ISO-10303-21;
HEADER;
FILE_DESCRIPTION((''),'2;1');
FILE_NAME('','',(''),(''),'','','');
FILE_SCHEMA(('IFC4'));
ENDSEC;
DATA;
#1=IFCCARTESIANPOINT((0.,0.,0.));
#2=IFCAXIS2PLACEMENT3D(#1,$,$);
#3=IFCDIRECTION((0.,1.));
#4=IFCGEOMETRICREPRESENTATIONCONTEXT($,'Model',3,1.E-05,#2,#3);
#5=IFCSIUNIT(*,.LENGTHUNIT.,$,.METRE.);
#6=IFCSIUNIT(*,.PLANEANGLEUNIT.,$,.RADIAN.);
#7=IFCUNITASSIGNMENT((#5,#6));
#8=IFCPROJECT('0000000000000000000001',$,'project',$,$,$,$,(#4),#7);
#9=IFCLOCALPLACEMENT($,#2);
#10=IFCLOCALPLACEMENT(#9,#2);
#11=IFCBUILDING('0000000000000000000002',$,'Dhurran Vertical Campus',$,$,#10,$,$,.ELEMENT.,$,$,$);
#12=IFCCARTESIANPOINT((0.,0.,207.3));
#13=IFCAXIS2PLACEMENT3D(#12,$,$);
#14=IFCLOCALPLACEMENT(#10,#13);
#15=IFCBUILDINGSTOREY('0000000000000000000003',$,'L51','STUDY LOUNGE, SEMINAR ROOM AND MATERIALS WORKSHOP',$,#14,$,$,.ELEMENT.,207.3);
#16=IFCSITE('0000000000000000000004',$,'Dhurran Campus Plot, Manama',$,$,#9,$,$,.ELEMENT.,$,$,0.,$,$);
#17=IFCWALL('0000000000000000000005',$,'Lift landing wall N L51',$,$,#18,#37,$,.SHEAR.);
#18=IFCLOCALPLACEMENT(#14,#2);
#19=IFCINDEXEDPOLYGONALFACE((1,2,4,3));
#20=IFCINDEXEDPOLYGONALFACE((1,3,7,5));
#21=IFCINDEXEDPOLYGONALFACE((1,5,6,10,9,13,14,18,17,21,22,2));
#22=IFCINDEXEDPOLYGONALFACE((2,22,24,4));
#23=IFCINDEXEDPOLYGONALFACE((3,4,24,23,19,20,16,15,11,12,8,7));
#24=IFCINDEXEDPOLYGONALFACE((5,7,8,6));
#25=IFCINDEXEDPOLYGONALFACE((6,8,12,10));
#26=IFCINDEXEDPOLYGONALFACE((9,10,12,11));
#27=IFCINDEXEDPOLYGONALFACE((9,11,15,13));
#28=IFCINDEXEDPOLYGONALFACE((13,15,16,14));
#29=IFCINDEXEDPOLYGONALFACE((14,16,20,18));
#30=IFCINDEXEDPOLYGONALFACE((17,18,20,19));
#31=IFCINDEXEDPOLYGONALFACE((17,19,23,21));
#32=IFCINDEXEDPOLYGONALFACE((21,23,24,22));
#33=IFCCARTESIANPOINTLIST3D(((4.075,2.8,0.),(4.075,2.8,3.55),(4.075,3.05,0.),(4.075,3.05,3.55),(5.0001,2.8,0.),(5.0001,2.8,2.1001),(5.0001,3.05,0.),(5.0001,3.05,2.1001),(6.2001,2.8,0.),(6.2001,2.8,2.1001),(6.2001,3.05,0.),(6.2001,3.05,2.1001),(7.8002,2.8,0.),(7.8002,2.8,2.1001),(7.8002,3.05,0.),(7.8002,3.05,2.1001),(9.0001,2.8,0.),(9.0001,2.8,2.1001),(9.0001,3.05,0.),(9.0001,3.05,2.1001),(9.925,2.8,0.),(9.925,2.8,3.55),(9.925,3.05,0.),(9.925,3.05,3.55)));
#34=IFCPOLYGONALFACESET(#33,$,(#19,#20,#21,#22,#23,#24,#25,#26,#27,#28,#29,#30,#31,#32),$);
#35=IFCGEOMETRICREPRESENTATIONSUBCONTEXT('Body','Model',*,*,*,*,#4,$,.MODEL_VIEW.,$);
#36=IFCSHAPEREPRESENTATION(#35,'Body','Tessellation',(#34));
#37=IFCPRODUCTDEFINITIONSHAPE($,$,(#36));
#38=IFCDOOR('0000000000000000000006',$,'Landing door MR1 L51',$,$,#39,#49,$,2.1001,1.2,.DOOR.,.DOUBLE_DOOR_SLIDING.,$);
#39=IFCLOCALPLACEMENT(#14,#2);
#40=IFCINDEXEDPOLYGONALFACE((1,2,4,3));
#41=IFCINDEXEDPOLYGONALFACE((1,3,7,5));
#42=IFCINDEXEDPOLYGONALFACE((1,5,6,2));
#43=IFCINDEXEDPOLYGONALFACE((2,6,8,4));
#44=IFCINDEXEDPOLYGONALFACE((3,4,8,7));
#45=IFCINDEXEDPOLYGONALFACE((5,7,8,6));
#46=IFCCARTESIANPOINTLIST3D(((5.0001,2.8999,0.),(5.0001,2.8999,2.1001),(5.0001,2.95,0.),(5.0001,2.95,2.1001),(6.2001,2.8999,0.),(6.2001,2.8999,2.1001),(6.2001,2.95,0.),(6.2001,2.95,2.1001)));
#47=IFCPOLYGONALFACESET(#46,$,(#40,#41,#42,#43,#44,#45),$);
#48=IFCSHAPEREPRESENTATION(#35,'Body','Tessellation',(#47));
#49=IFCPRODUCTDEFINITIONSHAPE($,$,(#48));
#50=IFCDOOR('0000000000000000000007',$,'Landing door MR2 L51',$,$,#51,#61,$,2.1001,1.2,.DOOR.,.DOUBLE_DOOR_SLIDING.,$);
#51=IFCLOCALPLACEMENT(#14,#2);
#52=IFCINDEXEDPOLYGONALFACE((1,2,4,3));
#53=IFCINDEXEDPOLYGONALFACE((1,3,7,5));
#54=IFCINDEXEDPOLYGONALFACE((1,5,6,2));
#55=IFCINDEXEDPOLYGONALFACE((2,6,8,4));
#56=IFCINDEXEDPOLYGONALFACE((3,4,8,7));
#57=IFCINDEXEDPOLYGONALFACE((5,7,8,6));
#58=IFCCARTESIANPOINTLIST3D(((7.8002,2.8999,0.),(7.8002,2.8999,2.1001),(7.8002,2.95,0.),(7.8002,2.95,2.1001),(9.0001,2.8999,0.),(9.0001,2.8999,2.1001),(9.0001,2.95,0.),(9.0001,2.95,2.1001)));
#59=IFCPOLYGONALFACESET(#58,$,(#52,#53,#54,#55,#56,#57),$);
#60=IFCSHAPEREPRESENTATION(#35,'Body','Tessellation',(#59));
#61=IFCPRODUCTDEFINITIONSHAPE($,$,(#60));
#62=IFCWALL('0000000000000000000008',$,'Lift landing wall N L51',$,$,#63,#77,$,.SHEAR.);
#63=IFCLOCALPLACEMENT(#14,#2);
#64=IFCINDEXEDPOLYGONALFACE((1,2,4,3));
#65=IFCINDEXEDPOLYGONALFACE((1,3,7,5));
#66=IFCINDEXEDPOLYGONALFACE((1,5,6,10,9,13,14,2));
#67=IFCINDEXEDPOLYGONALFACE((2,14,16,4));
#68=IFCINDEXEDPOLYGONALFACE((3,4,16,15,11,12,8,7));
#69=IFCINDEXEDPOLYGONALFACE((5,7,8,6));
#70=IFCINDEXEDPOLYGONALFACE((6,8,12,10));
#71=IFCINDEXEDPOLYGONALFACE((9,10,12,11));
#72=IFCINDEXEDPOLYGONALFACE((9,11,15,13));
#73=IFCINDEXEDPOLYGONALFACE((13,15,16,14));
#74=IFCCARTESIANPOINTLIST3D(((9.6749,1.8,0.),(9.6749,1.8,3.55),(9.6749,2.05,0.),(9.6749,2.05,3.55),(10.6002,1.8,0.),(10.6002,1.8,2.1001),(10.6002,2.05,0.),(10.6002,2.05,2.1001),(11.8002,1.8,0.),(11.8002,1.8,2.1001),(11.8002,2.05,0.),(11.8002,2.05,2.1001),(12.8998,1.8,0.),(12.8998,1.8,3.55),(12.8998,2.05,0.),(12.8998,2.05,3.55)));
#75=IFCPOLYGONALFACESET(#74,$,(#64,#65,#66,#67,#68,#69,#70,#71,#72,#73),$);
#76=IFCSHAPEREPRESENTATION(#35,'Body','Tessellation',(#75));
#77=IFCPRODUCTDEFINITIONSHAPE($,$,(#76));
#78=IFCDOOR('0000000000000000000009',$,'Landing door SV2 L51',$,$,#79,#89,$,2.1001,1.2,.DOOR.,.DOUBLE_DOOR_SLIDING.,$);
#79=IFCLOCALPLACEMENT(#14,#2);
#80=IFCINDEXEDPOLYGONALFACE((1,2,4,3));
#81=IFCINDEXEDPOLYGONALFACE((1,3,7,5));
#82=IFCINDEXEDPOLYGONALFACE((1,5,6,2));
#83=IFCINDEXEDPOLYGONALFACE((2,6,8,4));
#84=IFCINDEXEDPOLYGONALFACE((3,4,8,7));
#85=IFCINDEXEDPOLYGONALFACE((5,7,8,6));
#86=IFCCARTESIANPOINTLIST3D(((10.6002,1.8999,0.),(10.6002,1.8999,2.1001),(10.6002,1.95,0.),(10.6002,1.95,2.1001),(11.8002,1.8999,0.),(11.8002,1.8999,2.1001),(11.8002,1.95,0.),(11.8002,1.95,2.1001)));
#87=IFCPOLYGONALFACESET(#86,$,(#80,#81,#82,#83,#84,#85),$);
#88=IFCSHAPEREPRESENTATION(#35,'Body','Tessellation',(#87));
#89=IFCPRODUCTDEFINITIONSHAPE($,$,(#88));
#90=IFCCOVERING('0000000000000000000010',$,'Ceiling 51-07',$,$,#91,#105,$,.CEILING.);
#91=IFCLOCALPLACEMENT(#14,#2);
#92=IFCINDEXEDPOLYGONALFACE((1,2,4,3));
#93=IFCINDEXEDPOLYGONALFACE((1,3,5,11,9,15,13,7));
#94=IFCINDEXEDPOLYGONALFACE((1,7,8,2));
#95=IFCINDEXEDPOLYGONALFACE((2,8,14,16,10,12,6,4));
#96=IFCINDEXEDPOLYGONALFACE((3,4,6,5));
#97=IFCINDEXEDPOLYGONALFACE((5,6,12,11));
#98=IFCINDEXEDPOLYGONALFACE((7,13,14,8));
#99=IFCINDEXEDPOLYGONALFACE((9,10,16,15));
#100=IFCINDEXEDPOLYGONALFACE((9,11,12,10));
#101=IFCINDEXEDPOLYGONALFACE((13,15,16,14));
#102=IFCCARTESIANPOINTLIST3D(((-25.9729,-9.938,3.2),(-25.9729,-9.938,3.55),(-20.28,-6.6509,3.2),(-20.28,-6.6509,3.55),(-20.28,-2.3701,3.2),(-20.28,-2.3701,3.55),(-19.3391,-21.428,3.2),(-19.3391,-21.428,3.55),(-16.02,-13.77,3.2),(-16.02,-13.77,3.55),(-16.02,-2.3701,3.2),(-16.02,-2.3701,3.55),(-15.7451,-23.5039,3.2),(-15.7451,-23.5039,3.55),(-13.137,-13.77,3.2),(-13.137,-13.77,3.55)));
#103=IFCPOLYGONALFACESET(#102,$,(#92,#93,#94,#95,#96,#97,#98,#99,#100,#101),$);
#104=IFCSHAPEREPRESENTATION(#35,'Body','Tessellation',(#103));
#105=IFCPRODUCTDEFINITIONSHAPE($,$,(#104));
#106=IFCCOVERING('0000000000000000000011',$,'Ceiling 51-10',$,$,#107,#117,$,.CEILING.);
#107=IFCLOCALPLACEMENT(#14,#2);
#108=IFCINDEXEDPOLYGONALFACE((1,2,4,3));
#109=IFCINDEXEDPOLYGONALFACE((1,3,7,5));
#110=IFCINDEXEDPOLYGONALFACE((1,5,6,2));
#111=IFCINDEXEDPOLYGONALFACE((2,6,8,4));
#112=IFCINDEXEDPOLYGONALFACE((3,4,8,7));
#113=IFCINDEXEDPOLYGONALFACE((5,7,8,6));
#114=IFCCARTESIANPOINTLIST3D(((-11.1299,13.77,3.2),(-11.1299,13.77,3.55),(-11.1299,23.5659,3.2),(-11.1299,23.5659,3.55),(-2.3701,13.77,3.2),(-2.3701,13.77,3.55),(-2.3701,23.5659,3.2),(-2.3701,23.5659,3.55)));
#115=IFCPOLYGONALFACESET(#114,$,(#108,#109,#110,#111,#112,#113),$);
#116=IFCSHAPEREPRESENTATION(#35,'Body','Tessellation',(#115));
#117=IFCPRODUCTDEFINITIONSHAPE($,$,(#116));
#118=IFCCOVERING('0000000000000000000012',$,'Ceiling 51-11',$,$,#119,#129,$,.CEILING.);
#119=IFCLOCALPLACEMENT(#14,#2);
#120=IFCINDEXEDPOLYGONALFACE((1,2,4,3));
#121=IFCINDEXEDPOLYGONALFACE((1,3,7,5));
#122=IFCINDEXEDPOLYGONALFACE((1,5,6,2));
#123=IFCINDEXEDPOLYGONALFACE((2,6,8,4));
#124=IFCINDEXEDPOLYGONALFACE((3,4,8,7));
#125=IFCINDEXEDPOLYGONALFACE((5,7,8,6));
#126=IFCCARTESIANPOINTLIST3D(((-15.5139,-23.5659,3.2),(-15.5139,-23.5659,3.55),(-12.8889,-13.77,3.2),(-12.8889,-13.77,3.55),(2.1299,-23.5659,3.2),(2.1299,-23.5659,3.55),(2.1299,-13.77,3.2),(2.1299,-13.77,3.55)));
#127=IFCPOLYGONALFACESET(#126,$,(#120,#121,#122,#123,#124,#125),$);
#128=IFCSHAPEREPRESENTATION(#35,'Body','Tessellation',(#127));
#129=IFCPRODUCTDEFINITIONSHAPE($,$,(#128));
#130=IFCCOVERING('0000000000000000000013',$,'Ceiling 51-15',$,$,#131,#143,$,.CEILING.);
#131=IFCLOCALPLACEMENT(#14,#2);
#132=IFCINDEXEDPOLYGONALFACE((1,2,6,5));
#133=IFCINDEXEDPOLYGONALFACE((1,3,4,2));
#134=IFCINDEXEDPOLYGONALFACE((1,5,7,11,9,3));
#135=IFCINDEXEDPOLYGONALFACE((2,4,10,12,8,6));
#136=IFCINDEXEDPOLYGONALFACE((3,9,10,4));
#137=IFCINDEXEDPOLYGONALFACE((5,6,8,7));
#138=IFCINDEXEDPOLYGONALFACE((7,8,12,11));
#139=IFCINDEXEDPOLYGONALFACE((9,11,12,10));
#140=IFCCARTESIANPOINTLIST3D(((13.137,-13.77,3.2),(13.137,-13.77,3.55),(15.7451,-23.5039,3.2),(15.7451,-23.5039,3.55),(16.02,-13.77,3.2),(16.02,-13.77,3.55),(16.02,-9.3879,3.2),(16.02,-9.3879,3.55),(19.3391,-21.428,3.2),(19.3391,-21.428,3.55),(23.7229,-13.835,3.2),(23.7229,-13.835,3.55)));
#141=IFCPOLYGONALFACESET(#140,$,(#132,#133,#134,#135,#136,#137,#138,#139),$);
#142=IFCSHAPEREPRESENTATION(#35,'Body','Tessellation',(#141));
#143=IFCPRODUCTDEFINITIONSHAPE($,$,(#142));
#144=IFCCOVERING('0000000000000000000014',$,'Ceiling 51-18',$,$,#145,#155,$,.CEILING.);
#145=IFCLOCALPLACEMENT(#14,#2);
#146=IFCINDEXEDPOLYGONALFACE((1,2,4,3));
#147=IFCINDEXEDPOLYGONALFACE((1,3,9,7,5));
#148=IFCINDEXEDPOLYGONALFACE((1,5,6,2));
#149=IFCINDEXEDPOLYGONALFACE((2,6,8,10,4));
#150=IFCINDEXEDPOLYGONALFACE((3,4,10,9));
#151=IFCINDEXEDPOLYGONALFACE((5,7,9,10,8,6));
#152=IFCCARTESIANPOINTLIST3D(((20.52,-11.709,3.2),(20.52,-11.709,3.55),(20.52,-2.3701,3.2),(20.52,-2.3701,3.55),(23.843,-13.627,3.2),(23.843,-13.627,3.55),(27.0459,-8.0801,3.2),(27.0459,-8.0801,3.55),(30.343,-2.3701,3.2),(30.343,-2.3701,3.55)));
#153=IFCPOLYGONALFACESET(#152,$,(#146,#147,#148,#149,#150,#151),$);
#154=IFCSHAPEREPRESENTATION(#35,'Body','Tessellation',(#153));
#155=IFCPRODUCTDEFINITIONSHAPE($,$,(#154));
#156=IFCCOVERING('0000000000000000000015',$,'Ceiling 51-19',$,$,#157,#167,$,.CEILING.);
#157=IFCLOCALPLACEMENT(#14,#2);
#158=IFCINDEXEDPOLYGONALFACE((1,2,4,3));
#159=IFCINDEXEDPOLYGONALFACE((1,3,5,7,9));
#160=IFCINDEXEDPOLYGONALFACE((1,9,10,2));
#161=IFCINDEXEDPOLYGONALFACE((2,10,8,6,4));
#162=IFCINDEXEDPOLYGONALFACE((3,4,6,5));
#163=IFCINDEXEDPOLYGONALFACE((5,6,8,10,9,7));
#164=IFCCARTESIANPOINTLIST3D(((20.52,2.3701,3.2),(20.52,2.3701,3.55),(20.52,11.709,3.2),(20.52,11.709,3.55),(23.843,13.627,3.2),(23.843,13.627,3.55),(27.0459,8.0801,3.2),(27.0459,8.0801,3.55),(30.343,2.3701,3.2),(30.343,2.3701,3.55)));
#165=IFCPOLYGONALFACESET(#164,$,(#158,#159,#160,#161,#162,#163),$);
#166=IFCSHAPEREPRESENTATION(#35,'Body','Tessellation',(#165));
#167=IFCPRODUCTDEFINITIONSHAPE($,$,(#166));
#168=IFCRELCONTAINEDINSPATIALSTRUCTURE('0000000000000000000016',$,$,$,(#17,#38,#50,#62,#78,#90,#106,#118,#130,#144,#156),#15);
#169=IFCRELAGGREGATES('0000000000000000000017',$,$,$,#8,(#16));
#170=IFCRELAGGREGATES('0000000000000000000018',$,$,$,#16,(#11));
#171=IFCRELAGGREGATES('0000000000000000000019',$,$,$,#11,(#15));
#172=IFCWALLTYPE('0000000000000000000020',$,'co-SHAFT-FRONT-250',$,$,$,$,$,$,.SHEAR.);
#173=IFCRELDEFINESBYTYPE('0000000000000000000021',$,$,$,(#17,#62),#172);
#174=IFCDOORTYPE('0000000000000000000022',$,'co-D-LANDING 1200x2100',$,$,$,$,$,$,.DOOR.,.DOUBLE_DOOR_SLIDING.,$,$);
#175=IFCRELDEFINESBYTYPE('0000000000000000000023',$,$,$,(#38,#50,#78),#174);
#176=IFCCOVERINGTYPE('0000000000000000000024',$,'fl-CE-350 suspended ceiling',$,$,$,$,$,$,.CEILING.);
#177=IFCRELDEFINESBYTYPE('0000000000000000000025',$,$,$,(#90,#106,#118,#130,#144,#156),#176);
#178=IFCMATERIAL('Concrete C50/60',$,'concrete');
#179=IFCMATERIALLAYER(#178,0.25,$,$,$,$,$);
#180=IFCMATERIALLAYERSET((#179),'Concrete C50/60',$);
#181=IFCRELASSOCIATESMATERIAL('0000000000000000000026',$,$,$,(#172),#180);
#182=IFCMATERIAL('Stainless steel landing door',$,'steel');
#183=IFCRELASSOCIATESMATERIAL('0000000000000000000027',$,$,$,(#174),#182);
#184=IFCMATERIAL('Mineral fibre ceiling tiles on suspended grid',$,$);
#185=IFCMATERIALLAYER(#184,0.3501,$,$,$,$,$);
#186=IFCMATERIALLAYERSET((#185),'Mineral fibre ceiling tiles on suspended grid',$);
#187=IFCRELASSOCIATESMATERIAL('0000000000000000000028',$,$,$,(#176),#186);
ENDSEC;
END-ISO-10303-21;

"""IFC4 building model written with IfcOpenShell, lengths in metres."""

from ifc_helpers import new_model, si_unit, direction, frame, frame_2d, origin, place, context, subcontext, project, spatial, polyline, rectangle, outline, extrude, material, layer, layer_set, type_object, element, fill, save


model = new_model("IFC4")

# Units and contexts
model_context = context("Model", 3, precision=1e-05, world=origin(), true_north=direction((0.0, 1.0)))
body_context = subcontext(model_context, "Body", "Model", "MODEL_VIEW")
ifc_project = project(units=[si_unit("LENGTHUNIT", "METRE"), si_unit("PLANEANGLEUNIT", "RADIAN")], contexts=[model_context])

# Site, building, storey
site_placement = place(None, origin())
site = spatial("IfcSite", under=ifc_project, at=site_placement, Name="Dhurran Campus Plot, Manama", CompositionType="ELEMENT", RefElevation=0.0)
building_placement = place(site_placement, origin())
building = spatial("IfcBuilding", under=site, at=building_placement, Name="Dhurran Vertical Campus", CompositionType="ELEMENT")
storey_placement = place(building_placement, frame((0.0, 0.0, 207.3)))
storey = spatial("IfcBuildingStorey", under=building, at=storey_placement, Name="L51", Description="STUDY LOUNGE, SEMINAR ROOM AND MATERIALS WORKSHOP", CompositionType="ELEMENT", Elevation=207.3)

# Wall, openings, doors
ifc_material_1 = material(Name="Concrete C50/60", Category="concrete")
ifc_layer_1 = layer(ifc_material_1, 0.25)
ifc_layer_set_1 = layer_set([ifc_layer_1], Name="Concrete C50/60")
wall_type_1 = type_object("IfcWallType", Name="co-SHAFT-FRONT-250", PredefinedType="SHEAR", material=ifc_layer_set_1)
wall_1_placement = place(storey_placement, frame((4.075, 2.925, 0.0), z_axis=(0.0, 0.0, 1.0), x_axis=(1.0, 0.0, 0.0)))
wall_1 = element("IfcWall", 1, at=wall_1_placement, inside=storey, type_object=wall_type_1, Name="Lift landing wall N L51", PredefinedType="SHEAR", context=body_context, shape_type="SweptSolid", body=[
    extrude(rectangle(XDim=5.8501, YDim=0.25, at=frame_2d((2.925, 0.0))), origin(), (0.0, 0.0, 1.0), 3.55),
])
opening_1_placement = place(wall_1_placement, frame((0.925, 0.0, 0.0)))
opening_1 = element("IfcOpeningElement", 2, at=opening_1_placement, cuts=wall_1, PredefinedType="OPENING", context=body_context, shape_type="SweptSolid", body=[
    extrude(rectangle(XDim=1.2, YDim=2.1001, at=frame_2d((0.6001, 1.05))), frame((0.0, 0.135, 0.0), z_axis=(0.0, -1.0, 0.0), x_axis=(1.0, 0.0, 0.0)), (0.0, 0.0, 1.0), 0.27),
])
opening_2_placement = place(wall_1_placement, frame((3.7251, 0.0, 0.0)))
opening_2 = element("IfcOpeningElement", 3, at=opening_2_placement, cuts=wall_1, PredefinedType="OPENING", context=body_context, shape_type="SweptSolid", body=[
    extrude(rectangle(XDim=1.2, YDim=2.1001, at=frame_2d((0.6001, 1.05))), frame((0.0, 0.135, 0.0), z_axis=(0.0, -1.0, 0.0), x_axis=(1.0, 0.0, 0.0)), (0.0, 0.0, 1.0), 0.27),
])
ifc_material_2 = material(Name="Stainless steel landing door", Category="steel")
door_type_1 = type_object("IfcDoorType", Name="co-D-LANDING 1200x2100", OperationType="DOUBLE_DOOR_SLIDING", PredefinedType="DOOR", material=ifc_material_2)
door_1_placement = place(opening_1_placement, origin())
door_1 = element("IfcDoor", 4, at=door_1_placement, inside=storey, type_object=door_type_1, Name="Landing door MR1 L51", OperationType="DOUBLE_DOOR_SLIDING", OverallHeight=2.1001, OverallWidth=1.2, PredefinedType="DOOR", context=body_context, shape_type="SweptSolid", body=[
    extrude(rectangle(XDim=1.2, YDim=2.1001, at=frame_2d((0.6001, 1.05))), frame((0.0, 0.0249, 0.0), z_axis=(0.0, -1.0, 0.0), x_axis=(1.0, 0.0, 0.0)), (0.0, 0.0, 1.0), 0.05),
])
fill(opening_1, door_1)
door_2_placement = place(opening_2_placement, origin())
door_2 = element("IfcDoor", 5, at=door_2_placement, inside=storey, type_object=door_type_1, Name="Landing door MR2 L51", OperationType="DOUBLE_DOOR_SLIDING", OverallHeight=2.1001, OverallWidth=1.2, PredefinedType="DOOR", context=body_context, shape_type="SweptSolid", body=[
    extrude(rectangle(XDim=1.2, YDim=2.1001, at=frame_2d((0.6001, 1.05))), frame((0.0, 0.0249, 0.0), z_axis=(0.0, -1.0, 0.0), x_axis=(1.0, 0.0, 0.0)), (0.0, 0.0, 1.0), 0.05),
])
fill(opening_2, door_2)

# Wall, opening, door
wall_2_placement = place(storey_placement, frame((9.675, 1.925, 0.0), z_axis=(0.0, 0.0, 1.0), x_axis=(1.0, 0.0, 0.0)))
wall_2 = element("IfcWall", 6, at=wall_2_placement, inside=storey, type_object=wall_type_1, Name="Lift landing wall N L51", PredefinedType="SHEAR", context=body_context, shape_type="SweptSolid", body=[
    extrude(rectangle(XDim=3.2249, YDim=0.25, at=frame_2d((1.6123, 0.0))), origin(), (0.0, 0.0, 1.0), 3.55),
])
opening_3_placement = place(wall_2_placement, frame((0.925, 0.0, 0.0)))
opening_3 = element("IfcOpeningElement", 7, at=opening_3_placement, cuts=wall_2, PredefinedType="OPENING", context=body_context, shape_type="SweptSolid", body=[
    extrude(rectangle(XDim=1.2, YDim=2.1001, at=frame_2d((0.6001, 1.05))), frame((0.0, 0.135, 0.0), z_axis=(0.0, -1.0, 0.0), x_axis=(1.0, 0.0, 0.0)), (0.0, 0.0, 1.0), 0.27),
])
door_3_placement = place(opening_3_placement, origin())
door_3 = element("IfcDoor", 8, at=door_3_placement, inside=storey, type_object=door_type_1, Name="Landing door SV2 L51", OperationType="DOUBLE_DOOR_SLIDING", OverallHeight=2.1001, OverallWidth=1.2, PredefinedType="DOOR", context=body_context, shape_type="SweptSolid", body=[
    extrude(rectangle(XDim=1.2, YDim=2.1001, at=frame_2d((0.6001, 1.05))), frame((0.0, 0.0249, 0.0), z_axis=(0.0, -1.0, 0.0), x_axis=(1.0, 0.0, 0.0)), (0.0, 0.0, 1.0), 0.05),
])
fill(opening_3, door_3)

# Coverings
ifc_material_3 = material(Name="Mineral fibre ceiling tiles on suspended grid")
ifc_layer_2 = layer(ifc_material_3, 0.3501)
ifc_layer_set_2 = layer_set([ifc_layer_2], Name="Mineral fibre ceiling tiles on suspended grid")
covering_type = type_object("IfcCoveringType", Name="fl-CE-350 suspended ceiling", PredefinedType="CEILING", material=ifc_layer_set_2)
covering_1_placement = place(storey_placement, frame((0.0, 0.0, 3.2)))
element("IfcCovering", 9, at=covering_1_placement, inside=storey, type_object=covering_type, Name="Ceiling 51-07", PredefinedType="CEILING", context=body_context, shape_type="SweptSolid", body=[
    extrude(outline(polyline([(-19.3391, -21.428), (-25.9729, -9.938), (-20.28, -6.6509), (-20.28, -2.3701), (-16.02, -2.3701), (-16.02, -13.77), (-13.137, -13.77), (-15.7451, -23.5039), (-19.3391, -21.428)])), origin(), (0.0, 0.0, 1.0), 0.3501),
])
covering_2_placement = place(storey_placement, frame((0.0, 0.0, 3.2)))
element("IfcCovering", 10, at=covering_2_placement, inside=storey, type_object=covering_type, Name="Ceiling 51-10", PredefinedType="CEILING", context=body_context, shape_type="SweptSolid", body=[
    extrude(outline(polyline([(-11.1299, 23.5659), (-2.3701, 23.5659), (-2.3701, 13.77), (-11.1299, 13.77), (-11.1299, 23.5659)])), origin(), (0.0, 0.0, 1.0), 0.3501),
])
covering_3_placement = place(storey_placement, frame((0.0, 0.0, 3.2)))
element("IfcCovering", 11, at=covering_3_placement, inside=storey, type_object=covering_type, Name="Ceiling 51-11", PredefinedType="CEILING", context=body_context, shape_type="SweptSolid", body=[
    extrude(outline(polyline([(2.1299, -23.5659), (-15.5139, -23.5659), (-12.8889, -13.77), (2.1299, -13.77), (2.1299, -23.5659)])), origin(), (0.0, 0.0, 1.0), 0.3501),
])
covering_4_placement = place(storey_placement, frame((0.0, 0.0, 3.2)))
element("IfcCovering", 12, at=covering_4_placement, inside=storey, type_object=covering_type, Name="Ceiling 51-15", PredefinedType="CEILING", context=body_context, shape_type="SweptSolid", body=[
    extrude(outline(polyline([(23.7229, -13.835), (19.3391, -21.428), (15.7451, -23.5039), (13.137, -13.77), (16.02, -13.77), (16.02, -9.3879), (23.7229, -13.835)])), origin(), (0.0, 0.0, 1.0), 0.3501),
])
covering_5_placement = place(storey_placement, frame((0.0, 0.0, 3.2)))
element("IfcCovering", 13, at=covering_5_placement, inside=storey, type_object=covering_type, Name="Ceiling 51-18", PredefinedType="CEILING", context=body_context, shape_type="SweptSolid", body=[
    extrude(outline(polyline([(23.843, -13.627), (20.52, -11.709), (20.52, -2.3701), (30.343, -2.3701), (27.0459, -8.0801), (23.843, -13.627)])), origin(), (0.0, 0.0, 1.0), 0.3501),
])
covering_6_placement = place(storey_placement, frame((0.0, 0.0, 3.2)))
element("IfcCovering", 14, at=covering_6_placement, inside=storey, type_object=covering_type, Name="Ceiling 51-19", PredefinedType="CEILING", context=body_context, shape_type="SweptSolid", body=[
    extrude(outline(polyline([(30.343, 2.3701), (20.52, 2.3701), (20.52, 11.709), (23.843, 13.627), (27.0459, 8.0801), (30.343, 2.3701)])), origin(), (0.0, 0.0, 1.0), 0.3501),
])

save(model, "model.ifc")
